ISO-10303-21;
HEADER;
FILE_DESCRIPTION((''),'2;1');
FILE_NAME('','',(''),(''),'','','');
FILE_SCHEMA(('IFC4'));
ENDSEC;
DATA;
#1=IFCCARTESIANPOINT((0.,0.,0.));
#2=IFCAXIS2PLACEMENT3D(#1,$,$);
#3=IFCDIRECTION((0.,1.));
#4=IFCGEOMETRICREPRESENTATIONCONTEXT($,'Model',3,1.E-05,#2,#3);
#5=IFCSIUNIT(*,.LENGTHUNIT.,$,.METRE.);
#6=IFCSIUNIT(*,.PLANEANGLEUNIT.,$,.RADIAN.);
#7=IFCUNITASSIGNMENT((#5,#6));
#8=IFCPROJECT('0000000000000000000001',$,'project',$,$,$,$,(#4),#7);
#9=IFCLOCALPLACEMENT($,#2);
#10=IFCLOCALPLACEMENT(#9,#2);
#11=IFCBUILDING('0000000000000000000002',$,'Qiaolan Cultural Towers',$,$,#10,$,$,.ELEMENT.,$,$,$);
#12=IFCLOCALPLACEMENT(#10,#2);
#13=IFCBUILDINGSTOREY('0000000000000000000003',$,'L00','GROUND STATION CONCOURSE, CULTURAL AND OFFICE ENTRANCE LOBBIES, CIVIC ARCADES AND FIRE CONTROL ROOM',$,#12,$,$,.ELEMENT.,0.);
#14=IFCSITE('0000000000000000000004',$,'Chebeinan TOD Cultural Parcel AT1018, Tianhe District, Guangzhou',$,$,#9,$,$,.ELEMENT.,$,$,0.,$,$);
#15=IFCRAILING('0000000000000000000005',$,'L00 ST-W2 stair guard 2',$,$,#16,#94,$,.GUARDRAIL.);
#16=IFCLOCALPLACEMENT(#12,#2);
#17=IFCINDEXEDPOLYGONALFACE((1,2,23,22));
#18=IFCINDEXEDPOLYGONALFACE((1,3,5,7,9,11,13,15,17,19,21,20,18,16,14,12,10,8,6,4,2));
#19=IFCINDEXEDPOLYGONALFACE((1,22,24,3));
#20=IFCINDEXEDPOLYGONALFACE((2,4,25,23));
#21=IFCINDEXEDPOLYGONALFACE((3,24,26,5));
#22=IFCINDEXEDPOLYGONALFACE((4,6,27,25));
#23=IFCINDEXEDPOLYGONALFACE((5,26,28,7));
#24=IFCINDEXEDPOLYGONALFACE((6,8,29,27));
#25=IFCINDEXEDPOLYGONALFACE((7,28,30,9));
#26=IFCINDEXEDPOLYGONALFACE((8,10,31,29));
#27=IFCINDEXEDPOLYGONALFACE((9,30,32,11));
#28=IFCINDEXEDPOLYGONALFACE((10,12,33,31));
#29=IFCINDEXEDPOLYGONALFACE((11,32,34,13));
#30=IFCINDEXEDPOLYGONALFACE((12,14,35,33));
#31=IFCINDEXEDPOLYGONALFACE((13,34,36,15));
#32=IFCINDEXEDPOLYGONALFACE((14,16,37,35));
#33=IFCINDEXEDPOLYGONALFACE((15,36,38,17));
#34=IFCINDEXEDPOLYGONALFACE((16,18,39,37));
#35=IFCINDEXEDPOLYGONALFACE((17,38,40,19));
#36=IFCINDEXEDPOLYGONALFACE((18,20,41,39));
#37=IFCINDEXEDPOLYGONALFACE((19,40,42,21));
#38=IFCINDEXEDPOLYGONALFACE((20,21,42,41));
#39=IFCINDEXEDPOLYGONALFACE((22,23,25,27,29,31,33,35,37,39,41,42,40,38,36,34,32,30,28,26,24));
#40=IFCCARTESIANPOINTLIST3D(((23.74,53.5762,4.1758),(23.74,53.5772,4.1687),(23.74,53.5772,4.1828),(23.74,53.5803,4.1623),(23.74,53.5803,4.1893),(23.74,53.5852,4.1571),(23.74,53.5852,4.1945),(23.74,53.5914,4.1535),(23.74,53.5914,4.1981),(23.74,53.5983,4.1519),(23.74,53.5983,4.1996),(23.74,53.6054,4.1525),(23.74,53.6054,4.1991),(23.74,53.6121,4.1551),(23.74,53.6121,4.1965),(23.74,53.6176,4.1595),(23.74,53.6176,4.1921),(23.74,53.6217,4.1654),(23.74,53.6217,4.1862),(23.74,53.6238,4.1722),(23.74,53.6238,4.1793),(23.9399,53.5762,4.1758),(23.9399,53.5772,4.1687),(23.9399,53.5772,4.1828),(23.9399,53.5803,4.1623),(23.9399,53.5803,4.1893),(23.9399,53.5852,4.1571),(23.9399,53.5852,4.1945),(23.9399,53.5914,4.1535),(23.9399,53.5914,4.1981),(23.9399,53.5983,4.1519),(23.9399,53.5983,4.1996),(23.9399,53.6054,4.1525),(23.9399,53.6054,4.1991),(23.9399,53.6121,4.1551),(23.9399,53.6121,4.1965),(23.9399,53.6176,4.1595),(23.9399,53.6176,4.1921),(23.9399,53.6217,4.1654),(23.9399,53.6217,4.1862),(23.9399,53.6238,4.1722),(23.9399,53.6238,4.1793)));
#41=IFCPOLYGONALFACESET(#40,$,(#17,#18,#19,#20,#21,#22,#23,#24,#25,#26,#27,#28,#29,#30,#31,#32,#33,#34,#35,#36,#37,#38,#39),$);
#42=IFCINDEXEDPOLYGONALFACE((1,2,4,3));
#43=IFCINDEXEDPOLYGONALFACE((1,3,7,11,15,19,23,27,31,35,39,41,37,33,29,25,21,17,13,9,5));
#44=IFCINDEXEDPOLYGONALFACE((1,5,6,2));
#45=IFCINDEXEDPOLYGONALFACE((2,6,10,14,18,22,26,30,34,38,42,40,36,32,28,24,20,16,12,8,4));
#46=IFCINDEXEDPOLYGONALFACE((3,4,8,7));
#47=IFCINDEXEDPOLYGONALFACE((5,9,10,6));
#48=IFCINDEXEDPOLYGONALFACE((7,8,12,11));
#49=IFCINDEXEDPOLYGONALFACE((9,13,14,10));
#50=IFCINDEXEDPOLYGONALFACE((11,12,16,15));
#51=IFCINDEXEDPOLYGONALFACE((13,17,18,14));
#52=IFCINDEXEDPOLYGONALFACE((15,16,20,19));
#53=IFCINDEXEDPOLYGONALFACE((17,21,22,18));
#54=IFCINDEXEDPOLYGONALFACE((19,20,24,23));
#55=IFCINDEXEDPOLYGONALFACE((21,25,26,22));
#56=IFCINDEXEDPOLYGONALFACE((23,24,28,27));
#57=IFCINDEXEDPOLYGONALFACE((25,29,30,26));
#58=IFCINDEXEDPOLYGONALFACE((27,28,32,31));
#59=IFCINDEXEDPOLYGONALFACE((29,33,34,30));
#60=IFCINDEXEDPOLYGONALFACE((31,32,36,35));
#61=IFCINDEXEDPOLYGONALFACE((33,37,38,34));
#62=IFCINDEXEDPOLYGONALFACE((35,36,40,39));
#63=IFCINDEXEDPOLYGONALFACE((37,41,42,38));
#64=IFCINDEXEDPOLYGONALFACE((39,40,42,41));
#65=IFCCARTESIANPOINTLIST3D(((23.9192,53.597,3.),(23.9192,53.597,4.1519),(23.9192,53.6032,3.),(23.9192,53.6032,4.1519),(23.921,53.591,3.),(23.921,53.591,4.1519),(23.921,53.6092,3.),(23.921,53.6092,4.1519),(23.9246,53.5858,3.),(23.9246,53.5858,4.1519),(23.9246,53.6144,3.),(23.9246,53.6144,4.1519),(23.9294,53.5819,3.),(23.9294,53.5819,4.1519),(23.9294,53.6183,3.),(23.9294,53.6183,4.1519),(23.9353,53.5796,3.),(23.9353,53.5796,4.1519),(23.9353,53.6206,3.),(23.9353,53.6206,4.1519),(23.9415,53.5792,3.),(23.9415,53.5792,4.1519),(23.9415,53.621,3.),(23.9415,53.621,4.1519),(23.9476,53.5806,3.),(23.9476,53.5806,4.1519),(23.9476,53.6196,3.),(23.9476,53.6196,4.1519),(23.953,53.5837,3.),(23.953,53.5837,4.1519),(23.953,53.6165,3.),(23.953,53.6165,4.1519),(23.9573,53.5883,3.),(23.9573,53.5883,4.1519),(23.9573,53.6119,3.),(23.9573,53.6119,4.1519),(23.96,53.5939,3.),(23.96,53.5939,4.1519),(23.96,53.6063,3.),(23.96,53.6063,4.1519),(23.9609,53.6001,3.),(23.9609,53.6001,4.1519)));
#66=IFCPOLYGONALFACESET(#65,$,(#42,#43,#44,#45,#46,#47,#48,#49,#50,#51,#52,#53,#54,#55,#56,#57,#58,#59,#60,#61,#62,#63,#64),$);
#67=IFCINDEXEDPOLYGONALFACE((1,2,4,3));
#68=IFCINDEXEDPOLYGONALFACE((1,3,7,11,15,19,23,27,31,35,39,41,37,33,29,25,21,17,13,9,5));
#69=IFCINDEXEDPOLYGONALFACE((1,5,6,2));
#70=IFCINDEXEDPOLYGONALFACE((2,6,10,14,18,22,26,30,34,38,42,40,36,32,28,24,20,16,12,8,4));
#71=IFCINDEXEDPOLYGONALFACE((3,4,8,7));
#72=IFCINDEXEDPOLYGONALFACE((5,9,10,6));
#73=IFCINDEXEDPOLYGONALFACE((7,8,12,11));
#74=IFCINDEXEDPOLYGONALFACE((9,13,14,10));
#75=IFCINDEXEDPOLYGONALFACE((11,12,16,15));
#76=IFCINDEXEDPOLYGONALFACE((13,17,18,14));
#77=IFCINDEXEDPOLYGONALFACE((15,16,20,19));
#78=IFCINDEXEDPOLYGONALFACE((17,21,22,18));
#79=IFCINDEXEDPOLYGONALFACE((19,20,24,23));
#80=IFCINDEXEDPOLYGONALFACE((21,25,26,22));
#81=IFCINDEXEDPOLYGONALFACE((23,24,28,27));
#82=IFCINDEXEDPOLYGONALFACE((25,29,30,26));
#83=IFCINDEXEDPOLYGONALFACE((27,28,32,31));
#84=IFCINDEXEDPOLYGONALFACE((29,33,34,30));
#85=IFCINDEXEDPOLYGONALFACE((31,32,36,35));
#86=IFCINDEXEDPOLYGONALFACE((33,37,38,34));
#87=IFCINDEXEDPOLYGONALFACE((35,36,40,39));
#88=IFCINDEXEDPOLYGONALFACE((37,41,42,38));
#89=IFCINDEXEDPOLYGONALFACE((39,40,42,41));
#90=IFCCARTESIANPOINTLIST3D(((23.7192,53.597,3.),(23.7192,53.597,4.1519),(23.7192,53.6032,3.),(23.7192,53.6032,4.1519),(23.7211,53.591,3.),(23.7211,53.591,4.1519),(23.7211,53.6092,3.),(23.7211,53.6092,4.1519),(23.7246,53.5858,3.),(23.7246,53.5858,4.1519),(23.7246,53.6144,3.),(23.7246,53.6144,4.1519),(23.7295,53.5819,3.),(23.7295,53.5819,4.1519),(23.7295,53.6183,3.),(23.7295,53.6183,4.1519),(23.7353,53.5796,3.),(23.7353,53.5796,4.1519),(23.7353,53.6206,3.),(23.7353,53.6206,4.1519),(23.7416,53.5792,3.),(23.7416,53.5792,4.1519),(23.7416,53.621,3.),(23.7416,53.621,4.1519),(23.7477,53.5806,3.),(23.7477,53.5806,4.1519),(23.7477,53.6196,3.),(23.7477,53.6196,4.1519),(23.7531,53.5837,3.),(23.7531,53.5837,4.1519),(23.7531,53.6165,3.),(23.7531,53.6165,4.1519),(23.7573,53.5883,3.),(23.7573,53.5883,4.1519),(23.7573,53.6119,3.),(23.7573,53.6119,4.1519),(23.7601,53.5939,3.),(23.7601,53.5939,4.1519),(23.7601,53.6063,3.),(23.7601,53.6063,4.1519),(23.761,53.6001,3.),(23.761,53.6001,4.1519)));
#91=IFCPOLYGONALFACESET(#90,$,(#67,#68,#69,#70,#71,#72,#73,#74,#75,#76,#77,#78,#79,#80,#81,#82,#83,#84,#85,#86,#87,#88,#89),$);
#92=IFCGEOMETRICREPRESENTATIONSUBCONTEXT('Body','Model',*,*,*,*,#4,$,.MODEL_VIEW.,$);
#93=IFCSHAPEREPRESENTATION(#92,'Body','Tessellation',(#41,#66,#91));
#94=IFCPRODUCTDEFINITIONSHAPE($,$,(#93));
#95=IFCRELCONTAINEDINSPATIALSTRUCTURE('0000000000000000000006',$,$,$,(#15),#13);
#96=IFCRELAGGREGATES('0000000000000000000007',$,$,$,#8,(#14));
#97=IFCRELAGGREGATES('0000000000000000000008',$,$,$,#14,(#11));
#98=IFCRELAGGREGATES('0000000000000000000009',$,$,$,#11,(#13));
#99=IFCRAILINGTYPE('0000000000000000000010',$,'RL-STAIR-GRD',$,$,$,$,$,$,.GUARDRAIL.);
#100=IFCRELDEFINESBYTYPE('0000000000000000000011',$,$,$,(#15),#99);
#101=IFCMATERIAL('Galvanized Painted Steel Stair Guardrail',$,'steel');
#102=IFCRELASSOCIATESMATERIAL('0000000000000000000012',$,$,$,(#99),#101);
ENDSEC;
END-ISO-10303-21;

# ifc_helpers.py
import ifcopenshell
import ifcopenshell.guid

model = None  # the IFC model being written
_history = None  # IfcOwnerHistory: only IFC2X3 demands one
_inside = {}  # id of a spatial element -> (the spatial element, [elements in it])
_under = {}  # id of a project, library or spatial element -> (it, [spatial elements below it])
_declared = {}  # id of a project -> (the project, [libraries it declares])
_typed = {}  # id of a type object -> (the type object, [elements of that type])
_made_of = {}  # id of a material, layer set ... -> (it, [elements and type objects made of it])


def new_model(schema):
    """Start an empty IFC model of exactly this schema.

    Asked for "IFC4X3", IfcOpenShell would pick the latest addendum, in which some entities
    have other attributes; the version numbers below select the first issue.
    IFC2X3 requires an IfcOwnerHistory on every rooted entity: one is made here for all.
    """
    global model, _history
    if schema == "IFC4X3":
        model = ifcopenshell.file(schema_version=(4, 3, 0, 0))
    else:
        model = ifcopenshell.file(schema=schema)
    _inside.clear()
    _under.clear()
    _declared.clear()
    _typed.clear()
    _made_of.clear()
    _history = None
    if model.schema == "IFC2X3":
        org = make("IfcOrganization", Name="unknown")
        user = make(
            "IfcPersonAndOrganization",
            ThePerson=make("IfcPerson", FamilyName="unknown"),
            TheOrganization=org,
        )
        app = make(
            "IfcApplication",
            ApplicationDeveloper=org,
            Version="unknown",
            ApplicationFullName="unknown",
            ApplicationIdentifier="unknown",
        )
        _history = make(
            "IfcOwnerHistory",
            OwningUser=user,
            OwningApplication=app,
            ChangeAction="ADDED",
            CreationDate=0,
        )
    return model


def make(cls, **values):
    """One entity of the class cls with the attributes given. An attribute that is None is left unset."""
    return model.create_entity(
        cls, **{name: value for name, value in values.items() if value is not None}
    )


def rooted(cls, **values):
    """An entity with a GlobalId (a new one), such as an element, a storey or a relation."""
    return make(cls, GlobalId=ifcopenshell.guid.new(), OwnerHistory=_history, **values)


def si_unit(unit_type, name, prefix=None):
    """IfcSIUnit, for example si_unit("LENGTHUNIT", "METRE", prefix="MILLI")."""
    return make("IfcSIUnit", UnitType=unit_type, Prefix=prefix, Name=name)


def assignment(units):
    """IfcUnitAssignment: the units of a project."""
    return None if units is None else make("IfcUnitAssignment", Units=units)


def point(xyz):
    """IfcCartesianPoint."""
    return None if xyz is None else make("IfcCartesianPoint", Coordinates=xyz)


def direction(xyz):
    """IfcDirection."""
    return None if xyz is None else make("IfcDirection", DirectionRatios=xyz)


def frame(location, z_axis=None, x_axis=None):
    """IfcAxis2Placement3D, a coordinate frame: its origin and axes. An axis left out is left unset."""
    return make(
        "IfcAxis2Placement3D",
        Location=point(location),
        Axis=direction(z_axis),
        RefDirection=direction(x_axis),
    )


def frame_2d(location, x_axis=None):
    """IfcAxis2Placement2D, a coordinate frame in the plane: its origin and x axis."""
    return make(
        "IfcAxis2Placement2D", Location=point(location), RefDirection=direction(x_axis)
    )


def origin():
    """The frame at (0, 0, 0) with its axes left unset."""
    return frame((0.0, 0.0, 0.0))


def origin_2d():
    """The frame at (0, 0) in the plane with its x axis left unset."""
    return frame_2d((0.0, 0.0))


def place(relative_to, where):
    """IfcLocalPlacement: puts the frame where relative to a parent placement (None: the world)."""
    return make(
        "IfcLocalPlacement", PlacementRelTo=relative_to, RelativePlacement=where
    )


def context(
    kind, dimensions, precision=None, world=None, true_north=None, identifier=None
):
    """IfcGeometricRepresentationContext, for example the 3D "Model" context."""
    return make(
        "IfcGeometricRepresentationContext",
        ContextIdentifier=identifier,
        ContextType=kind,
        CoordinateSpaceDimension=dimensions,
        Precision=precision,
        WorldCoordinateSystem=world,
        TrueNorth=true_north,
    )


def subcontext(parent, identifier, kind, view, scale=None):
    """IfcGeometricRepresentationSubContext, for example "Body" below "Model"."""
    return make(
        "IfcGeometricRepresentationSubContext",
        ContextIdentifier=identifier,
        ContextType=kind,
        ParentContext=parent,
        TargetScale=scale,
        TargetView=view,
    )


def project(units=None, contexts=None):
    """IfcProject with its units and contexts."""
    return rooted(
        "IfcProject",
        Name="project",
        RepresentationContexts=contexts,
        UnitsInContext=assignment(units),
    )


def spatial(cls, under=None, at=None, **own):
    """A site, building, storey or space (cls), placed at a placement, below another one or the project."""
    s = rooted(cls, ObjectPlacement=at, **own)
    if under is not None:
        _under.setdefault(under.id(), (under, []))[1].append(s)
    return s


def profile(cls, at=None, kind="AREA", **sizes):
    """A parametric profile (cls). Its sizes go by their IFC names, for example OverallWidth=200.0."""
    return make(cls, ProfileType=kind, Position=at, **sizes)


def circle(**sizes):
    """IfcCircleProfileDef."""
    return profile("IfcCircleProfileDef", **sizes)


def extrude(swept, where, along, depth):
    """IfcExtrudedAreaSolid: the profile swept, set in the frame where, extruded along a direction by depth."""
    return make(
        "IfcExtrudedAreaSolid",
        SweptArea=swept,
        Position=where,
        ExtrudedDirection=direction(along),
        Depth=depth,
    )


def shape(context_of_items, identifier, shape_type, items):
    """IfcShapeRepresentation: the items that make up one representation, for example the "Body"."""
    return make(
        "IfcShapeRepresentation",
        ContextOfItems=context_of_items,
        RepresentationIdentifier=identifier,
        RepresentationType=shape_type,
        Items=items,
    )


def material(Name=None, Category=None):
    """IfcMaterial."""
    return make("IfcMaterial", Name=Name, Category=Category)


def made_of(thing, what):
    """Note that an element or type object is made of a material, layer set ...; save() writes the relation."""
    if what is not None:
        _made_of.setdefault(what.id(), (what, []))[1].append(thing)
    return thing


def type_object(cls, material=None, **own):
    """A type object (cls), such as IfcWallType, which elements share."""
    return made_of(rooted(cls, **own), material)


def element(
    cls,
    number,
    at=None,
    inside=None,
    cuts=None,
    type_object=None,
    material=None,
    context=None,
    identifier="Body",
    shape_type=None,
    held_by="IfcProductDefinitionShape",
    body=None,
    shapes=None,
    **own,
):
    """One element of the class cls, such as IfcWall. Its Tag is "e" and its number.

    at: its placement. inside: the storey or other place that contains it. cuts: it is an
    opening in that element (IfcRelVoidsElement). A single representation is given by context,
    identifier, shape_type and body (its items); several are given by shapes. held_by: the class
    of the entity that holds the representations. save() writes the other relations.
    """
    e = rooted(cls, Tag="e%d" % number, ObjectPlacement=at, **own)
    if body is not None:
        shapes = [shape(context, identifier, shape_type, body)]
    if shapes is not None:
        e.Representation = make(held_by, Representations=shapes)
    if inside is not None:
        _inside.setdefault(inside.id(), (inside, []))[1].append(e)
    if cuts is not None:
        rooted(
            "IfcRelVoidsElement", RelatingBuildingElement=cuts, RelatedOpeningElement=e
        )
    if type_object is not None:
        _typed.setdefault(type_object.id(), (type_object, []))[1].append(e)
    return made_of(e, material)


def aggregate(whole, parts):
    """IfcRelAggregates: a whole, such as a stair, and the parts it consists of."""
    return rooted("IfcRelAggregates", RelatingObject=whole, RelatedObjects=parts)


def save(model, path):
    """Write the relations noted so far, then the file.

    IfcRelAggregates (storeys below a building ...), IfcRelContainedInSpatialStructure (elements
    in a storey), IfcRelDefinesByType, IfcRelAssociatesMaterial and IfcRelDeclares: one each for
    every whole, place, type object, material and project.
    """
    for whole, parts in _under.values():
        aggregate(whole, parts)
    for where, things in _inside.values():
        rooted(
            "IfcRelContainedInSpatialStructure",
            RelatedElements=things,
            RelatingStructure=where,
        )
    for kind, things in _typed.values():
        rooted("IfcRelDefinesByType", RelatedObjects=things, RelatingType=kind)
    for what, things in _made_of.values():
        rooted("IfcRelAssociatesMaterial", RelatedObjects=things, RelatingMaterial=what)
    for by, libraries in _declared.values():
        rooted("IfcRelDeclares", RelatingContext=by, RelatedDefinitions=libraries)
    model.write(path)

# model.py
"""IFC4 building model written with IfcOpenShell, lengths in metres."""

from ifc_helpers import new_model, si_unit, direction, frame, origin, origin_2d, place, context, subcontext, project, spatial, circle, extrude, material, type_object, element, save


model = new_model("IFC4")

# Units and contexts
model_context = context("Model", 3, precision=1e-05, world=origin(), true_north=direction((0.0, 1.0)))
body_context = subcontext(model_context, "Body", "Model", "MODEL_VIEW")
ifc_project = project(units=[si_unit("LENGTHUNIT", "METRE"), si_unit("PLANEANGLEUNIT", "RADIAN")], contexts=[model_context])

# Site, building, storey
site_placement = place(None, origin())
site = spatial("IfcSite", under=ifc_project, at=site_placement, Name="Chebeinan TOD Cultural Parcel AT1018, Tianhe District, Guangzhou", CompositionType="ELEMENT", RefElevation=0.0)
building_placement = place(site_placement, origin())
building = spatial("IfcBuilding", under=site, at=building_placement, Name="Qiaolan Cultural Towers", CompositionType="ELEMENT")
storey_placement = place(building_placement, origin())
storey = spatial("IfcBuildingStorey", under=building, at=storey_placement, Name="L00", Description="GROUND STATION CONCOURSE, CULTURAL AND OFFICE ENTRANCE LOBBIES, CIVIC ARCADES AND FIRE CONTROL ROOM", CompositionType="ELEMENT", Elevation=0.0)

# Railing
ifc_material_1 = material(Name="Galvanized Painted Steel Stair Guardrail", Category="steel")
railing_type = type_object("IfcRailingType", Name="RL-STAIR-GRD", PredefinedType="GUARDRAIL", material=ifc_material_1)
railing_1_placement = place(storey_placement, frame((23.9399, 53.6001, 3.0)))
element("IfcRailing", 1, at=railing_1_placement, inside=storey, type_object=railing_type, Name="L00 ST-W2 stair guard 2", PredefinedType="GUARDRAIL", context=body_context, shape_type="SweptSolid", body=[
    extrude(circle(Radius=0.0239, at=origin_2d()), frame((0.0, 0.0, 1.1758), z_axis=(-1.0, 0.0, 0.0), x_axis=(0.0, -1.0, 0.0)), (0.0, 0.0, 1.0), 0.2),
    extrude(circle(Radius=0.021, at=origin_2d()), origin(), (0.0, 0.0, 1.0), 1.1519),
    extrude(circle(Radius=0.021, at=origin_2d()), frame((-0.2, 0.0, 0.0)), (0.0, 0.0, 1.0), 1.1519),
])

save(model, "model.ifc")
